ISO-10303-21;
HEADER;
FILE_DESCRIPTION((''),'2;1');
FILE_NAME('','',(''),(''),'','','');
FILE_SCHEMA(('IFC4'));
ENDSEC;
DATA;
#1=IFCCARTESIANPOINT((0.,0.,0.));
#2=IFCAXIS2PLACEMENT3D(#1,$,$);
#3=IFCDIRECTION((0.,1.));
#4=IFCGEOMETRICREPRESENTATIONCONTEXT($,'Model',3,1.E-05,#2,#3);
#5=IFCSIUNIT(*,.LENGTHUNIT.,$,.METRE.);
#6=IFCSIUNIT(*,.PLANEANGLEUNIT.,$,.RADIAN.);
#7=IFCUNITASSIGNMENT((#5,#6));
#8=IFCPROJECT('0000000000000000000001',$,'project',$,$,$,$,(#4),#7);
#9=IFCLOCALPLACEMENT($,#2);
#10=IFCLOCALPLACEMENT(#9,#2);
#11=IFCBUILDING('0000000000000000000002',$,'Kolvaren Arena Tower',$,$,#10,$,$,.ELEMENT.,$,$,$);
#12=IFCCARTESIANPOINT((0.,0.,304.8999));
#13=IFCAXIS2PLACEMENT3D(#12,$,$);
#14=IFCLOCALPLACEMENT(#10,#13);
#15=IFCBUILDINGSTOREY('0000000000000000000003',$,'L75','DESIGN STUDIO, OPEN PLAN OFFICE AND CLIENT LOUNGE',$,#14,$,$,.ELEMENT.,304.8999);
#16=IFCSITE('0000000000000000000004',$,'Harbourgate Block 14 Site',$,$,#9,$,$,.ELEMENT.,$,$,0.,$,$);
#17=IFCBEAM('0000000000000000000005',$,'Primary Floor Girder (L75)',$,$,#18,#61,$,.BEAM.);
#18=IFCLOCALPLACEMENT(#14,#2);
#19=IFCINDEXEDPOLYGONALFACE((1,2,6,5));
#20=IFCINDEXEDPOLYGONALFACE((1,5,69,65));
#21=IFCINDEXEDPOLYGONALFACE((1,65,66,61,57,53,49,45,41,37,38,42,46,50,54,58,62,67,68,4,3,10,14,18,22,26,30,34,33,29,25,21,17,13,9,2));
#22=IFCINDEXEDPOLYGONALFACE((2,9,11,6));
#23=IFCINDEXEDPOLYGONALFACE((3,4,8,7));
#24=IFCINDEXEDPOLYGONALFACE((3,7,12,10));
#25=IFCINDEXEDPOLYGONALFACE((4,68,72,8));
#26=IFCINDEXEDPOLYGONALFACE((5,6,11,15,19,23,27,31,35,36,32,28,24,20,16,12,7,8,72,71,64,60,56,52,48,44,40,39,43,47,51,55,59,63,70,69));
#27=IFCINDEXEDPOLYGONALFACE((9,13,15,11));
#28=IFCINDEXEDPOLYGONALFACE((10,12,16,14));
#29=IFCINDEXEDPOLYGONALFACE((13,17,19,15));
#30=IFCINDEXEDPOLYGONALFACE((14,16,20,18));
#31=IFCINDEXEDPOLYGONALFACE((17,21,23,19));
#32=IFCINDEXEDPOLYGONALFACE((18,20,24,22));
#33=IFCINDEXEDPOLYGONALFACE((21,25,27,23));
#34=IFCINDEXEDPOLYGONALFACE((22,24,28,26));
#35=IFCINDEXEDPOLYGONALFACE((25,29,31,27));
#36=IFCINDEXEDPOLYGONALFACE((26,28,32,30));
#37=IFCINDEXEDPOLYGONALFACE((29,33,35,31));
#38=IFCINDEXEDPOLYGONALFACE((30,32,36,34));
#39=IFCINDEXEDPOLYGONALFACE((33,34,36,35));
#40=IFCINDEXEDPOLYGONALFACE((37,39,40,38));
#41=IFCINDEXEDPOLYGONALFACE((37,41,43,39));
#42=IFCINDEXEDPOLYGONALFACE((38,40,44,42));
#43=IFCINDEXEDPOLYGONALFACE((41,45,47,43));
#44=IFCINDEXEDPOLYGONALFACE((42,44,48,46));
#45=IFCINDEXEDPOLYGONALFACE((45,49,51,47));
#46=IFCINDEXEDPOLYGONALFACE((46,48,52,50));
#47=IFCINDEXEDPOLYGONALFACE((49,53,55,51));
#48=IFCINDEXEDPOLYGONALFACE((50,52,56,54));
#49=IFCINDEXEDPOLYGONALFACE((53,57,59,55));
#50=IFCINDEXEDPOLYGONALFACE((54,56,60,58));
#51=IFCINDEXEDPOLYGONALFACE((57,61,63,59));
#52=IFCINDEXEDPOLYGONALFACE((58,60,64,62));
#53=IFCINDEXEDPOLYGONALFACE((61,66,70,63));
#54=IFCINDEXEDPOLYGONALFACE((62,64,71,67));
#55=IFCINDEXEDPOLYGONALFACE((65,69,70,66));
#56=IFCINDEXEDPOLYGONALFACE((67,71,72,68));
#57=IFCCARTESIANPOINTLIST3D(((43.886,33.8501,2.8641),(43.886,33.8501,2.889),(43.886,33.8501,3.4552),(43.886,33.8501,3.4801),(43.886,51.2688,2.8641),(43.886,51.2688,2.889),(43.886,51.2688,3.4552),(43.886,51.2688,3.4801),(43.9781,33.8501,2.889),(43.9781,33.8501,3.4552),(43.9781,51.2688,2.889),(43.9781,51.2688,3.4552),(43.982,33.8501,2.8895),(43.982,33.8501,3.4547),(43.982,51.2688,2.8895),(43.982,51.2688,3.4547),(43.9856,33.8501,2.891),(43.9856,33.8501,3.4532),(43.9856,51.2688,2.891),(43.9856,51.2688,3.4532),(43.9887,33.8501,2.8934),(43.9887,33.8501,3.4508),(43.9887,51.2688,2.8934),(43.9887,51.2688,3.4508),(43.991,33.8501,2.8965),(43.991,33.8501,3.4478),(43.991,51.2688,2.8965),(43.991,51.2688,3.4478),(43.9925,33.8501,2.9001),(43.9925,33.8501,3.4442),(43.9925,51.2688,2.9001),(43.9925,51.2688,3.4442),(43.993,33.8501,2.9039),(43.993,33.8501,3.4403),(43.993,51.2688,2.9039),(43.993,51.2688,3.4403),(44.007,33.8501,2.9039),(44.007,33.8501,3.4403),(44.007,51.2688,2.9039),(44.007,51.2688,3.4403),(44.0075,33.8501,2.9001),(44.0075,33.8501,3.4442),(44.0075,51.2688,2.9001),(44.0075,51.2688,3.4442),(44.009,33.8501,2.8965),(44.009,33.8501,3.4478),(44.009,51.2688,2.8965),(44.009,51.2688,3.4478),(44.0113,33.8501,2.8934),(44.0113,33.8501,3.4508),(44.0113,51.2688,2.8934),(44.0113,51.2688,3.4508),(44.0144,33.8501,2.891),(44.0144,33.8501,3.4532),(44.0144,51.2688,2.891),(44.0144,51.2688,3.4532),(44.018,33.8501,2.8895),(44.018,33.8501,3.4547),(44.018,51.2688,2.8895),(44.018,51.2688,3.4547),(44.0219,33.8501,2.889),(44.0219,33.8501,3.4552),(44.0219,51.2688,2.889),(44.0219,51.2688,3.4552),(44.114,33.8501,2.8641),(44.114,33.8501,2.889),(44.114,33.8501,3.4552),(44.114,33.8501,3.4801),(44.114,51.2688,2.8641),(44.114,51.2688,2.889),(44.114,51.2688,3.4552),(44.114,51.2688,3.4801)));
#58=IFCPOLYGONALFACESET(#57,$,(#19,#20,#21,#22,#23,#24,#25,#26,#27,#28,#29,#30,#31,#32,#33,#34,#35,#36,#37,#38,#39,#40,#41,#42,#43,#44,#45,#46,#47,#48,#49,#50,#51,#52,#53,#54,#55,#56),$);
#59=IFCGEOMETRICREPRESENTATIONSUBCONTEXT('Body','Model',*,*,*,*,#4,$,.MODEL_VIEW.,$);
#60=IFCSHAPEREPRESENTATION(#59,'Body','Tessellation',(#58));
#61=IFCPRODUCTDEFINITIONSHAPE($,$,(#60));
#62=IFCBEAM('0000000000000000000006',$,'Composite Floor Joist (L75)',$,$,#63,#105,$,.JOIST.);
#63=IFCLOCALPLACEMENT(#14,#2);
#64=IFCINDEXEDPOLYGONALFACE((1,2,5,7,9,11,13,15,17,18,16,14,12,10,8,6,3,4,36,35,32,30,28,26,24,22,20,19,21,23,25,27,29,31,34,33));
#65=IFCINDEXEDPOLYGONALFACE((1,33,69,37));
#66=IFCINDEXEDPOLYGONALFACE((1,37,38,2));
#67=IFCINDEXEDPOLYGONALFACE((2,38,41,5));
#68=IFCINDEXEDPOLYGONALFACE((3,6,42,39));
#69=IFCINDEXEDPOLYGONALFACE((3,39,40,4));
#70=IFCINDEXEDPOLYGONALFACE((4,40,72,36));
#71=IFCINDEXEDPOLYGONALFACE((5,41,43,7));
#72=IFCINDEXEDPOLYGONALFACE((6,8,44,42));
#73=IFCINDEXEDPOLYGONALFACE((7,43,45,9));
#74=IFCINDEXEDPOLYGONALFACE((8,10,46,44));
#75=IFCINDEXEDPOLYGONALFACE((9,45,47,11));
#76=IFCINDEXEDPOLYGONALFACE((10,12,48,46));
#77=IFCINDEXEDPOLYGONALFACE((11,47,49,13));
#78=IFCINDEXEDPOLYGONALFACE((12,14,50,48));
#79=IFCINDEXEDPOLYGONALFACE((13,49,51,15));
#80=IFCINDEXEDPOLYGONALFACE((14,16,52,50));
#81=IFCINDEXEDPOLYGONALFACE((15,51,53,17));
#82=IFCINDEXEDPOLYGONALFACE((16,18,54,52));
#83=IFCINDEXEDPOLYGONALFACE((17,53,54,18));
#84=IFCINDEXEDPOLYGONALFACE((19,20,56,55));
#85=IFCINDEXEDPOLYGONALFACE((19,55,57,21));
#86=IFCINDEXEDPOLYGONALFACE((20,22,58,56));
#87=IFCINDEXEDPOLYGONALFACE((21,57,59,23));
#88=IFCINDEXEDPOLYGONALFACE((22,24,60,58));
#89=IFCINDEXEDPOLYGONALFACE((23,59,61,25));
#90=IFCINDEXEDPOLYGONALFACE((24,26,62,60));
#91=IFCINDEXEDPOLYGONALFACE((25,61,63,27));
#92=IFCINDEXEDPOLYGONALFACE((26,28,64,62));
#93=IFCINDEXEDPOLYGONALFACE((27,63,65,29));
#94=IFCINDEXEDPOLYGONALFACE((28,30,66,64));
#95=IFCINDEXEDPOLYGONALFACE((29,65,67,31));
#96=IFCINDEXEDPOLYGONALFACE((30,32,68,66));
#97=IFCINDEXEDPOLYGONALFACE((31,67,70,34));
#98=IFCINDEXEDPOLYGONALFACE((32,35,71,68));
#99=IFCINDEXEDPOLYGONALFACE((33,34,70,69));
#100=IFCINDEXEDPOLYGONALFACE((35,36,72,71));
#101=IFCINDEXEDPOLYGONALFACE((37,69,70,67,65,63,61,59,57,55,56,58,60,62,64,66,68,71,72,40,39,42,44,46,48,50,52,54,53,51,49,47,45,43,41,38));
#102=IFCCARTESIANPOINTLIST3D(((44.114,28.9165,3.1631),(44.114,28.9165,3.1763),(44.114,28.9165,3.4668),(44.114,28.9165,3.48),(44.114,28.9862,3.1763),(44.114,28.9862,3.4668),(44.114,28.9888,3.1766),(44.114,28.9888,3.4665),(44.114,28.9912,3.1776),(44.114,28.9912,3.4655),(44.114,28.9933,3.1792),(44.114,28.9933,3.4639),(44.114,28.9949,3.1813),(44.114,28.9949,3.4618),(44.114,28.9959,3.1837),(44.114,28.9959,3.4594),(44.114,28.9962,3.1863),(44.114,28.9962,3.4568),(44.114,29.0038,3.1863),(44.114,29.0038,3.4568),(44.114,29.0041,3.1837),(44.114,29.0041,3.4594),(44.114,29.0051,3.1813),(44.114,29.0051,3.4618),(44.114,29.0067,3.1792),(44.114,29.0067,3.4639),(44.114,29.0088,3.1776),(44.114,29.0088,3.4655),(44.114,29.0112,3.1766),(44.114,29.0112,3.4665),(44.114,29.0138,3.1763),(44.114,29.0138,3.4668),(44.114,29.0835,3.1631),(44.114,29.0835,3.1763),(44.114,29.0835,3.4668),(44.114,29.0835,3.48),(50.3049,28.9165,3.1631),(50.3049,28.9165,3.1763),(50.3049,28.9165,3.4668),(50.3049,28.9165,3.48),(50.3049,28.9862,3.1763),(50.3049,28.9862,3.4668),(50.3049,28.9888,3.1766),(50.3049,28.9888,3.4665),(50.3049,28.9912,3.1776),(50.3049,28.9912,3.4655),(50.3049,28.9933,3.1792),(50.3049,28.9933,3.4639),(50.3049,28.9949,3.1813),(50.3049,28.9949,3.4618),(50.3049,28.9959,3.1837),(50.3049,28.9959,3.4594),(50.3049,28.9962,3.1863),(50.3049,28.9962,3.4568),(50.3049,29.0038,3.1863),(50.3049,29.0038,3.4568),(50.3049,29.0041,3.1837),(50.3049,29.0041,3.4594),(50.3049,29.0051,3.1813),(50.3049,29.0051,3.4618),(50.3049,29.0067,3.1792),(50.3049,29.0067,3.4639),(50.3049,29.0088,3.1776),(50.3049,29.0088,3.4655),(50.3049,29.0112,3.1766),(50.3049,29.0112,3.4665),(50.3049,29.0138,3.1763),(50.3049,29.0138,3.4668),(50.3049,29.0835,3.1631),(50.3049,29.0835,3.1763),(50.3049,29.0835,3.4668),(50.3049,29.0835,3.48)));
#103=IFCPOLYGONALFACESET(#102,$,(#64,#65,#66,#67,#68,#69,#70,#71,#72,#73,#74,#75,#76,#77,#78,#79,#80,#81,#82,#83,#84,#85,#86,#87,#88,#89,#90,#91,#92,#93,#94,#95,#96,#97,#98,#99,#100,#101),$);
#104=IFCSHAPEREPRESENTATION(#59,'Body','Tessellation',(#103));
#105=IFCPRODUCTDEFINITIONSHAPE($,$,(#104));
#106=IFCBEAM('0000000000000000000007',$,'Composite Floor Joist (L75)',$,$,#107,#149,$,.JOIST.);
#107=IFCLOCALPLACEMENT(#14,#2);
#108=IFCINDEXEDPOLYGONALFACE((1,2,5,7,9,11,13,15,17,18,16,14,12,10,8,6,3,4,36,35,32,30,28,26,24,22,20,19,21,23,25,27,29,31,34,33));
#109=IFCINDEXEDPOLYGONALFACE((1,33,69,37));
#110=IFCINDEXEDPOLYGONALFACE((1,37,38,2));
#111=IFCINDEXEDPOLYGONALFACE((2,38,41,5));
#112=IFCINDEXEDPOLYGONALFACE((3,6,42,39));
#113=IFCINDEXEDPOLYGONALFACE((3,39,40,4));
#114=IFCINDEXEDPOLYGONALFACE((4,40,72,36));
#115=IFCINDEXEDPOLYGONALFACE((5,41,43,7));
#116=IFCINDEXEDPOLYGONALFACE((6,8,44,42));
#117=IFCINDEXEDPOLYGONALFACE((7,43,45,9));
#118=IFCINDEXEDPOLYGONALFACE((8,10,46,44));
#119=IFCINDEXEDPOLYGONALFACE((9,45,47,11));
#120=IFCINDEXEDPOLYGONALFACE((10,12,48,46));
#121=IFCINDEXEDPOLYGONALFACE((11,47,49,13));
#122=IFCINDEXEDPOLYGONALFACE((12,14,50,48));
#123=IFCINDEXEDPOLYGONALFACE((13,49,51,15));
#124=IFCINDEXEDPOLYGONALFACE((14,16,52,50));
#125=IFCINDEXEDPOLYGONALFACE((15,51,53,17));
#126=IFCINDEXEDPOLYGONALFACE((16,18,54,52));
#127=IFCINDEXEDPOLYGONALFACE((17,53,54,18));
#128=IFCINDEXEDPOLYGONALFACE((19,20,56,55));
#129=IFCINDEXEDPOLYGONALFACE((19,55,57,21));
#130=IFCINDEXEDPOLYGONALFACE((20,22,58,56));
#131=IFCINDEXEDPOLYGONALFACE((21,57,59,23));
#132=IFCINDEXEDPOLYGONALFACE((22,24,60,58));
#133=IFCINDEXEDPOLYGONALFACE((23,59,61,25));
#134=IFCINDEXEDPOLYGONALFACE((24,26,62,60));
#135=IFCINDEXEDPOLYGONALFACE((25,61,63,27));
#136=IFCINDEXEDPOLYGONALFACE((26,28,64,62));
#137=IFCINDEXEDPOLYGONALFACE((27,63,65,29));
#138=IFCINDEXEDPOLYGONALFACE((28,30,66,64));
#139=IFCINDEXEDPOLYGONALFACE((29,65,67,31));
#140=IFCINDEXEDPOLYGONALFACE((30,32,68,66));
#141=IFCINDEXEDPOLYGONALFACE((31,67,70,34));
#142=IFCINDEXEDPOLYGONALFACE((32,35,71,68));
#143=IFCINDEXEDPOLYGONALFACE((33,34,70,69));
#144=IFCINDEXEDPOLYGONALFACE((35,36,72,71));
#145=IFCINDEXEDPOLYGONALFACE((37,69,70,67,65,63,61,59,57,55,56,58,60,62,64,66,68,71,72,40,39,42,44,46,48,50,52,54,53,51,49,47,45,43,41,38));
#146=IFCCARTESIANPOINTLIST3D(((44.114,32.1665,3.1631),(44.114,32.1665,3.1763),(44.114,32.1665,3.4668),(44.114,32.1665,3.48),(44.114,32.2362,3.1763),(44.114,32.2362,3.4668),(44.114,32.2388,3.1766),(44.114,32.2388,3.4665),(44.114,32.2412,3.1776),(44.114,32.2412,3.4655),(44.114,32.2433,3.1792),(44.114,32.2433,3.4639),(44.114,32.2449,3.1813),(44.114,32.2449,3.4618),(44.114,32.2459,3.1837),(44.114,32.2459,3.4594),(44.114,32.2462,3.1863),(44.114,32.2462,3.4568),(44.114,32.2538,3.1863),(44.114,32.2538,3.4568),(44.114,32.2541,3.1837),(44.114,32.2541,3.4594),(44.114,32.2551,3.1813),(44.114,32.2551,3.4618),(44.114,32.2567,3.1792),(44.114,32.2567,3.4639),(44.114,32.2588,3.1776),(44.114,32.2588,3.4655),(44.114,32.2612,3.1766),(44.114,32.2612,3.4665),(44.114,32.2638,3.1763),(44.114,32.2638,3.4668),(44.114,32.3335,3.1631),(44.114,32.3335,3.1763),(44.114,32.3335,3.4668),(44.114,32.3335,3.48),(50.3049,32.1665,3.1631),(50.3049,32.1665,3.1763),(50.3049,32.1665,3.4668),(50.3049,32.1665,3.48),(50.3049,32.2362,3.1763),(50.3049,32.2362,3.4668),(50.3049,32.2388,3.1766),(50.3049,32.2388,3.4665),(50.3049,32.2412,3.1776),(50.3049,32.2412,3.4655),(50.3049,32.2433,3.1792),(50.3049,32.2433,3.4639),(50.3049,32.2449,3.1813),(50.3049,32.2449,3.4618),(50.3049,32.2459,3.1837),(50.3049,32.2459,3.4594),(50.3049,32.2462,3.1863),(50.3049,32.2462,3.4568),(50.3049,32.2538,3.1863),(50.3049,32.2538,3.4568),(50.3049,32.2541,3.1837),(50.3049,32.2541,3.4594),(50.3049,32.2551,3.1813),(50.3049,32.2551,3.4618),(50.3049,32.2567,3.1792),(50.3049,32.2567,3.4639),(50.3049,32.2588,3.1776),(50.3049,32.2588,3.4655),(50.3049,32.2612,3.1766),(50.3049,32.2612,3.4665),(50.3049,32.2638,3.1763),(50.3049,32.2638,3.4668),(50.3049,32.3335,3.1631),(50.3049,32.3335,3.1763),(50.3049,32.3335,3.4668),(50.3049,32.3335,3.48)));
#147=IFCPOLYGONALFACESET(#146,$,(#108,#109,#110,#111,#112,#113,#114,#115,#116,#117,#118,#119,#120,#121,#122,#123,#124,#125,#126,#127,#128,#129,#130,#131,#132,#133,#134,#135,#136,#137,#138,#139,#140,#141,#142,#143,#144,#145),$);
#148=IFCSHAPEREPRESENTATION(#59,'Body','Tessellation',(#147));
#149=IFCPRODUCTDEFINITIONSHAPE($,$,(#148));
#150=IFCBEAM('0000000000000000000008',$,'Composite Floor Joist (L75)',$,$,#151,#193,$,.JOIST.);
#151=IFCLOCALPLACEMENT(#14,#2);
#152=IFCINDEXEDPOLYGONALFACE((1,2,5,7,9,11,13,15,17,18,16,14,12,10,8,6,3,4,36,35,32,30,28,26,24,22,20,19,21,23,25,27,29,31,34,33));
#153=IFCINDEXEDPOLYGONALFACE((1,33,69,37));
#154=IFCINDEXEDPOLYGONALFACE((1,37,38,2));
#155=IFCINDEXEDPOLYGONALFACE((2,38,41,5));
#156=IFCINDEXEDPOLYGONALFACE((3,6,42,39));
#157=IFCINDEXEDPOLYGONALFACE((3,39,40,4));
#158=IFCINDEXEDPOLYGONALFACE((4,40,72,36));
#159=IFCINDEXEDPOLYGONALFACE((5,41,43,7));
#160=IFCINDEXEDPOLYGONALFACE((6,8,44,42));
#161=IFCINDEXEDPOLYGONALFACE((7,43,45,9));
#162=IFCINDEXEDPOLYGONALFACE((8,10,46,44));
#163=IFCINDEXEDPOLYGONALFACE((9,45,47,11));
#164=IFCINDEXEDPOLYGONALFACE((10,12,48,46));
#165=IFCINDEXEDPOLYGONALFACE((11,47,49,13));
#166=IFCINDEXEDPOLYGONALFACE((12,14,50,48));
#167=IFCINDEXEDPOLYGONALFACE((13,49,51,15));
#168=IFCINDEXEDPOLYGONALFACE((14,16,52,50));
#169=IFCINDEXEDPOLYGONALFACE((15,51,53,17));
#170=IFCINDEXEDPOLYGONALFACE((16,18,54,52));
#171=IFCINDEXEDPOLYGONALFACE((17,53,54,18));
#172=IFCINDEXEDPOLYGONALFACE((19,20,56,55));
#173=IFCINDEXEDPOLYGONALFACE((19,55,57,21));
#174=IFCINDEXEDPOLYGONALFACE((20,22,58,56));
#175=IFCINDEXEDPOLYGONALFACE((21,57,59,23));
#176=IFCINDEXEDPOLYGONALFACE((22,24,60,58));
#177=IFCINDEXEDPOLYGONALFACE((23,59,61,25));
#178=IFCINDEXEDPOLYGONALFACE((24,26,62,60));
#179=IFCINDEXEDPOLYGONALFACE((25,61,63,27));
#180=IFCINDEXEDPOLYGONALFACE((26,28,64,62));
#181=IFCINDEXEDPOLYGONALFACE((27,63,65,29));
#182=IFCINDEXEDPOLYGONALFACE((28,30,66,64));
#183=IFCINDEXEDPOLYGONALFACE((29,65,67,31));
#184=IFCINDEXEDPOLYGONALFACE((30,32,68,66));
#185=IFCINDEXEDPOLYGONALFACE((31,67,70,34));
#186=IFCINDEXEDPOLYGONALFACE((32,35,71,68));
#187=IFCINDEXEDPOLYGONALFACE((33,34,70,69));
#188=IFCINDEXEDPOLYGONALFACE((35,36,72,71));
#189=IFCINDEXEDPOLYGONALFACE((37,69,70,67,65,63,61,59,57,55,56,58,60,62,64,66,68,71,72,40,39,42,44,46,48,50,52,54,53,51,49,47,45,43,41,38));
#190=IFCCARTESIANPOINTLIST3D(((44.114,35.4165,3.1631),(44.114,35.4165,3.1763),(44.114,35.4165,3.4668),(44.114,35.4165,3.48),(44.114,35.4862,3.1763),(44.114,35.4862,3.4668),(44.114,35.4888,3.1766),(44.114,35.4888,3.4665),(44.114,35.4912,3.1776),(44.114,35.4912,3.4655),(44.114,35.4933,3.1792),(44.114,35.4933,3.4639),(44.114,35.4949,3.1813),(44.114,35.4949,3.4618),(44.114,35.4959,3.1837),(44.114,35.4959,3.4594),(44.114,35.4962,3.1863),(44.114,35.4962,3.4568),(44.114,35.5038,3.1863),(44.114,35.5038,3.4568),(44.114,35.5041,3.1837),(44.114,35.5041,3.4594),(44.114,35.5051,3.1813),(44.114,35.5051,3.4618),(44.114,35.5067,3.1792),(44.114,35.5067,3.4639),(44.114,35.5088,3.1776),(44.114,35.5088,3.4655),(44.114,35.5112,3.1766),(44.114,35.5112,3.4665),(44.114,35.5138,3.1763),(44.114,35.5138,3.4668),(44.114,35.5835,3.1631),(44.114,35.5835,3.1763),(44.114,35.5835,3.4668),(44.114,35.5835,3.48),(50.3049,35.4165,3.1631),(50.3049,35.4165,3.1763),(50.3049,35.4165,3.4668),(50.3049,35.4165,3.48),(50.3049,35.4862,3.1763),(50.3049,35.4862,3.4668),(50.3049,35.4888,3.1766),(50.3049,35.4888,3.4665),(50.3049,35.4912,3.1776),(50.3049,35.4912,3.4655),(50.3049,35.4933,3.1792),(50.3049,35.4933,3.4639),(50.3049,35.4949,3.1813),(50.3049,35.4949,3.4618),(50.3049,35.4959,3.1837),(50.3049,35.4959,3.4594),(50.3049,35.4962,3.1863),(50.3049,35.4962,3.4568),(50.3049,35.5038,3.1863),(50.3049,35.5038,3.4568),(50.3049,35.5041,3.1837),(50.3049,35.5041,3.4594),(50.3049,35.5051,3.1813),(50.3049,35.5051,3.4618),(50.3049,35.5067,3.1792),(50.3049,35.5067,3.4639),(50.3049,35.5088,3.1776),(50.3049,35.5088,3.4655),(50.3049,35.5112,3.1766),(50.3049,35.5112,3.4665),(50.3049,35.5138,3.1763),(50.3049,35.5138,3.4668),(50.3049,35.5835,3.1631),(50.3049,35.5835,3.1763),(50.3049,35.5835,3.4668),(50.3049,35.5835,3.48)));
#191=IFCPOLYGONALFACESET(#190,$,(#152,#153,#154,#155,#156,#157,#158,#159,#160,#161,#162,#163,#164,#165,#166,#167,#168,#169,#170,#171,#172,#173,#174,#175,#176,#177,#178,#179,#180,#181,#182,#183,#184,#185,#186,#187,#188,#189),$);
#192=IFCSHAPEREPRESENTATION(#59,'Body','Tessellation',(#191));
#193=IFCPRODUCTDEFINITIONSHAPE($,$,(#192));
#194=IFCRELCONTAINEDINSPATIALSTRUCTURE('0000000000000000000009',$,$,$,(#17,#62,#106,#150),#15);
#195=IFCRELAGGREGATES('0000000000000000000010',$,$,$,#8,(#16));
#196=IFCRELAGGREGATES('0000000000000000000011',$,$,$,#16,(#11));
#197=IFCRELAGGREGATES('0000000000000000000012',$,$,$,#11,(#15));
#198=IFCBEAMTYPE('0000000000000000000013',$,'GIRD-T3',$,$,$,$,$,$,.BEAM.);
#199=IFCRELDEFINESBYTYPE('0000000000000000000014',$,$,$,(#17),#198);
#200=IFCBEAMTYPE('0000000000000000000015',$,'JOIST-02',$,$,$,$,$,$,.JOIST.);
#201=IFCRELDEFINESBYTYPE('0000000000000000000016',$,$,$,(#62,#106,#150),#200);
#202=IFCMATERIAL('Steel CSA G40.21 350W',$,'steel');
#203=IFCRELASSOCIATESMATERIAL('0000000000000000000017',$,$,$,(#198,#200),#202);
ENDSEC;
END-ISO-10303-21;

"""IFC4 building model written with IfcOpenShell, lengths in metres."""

from ifc_helpers import new_model, si_unit, direction, frame, origin, origin_2d, place, context, subcontext, project, spatial, i_section, extrude, material, material_profile, profile_set, type_object, element, save


model = new_model("IFC4")

# Units and contexts
model_context = context("Model", 3, precision=1e-05, world=origin(), true_north=direction((0.0, 1.0)))
body_context = subcontext(model_context, "Body", "Model", "MODEL_VIEW")
ifc_project = project(units=[si_unit("LENGTHUNIT", "METRE"), si_unit("PLANEANGLEUNIT", "RADIAN")], contexts=[model_context])

# Site, building, storey
site_placement = place(None, origin())
site = spatial("IfcSite", under=ifc_project, at=site_placement, Name="Harbourgate Block 14 Site", CompositionType="ELEMENT", RefElevation=0.0)
building_placement = place(site_placement, origin())
building = spatial("IfcBuilding", under=site, at=building_placement, Name="Kolvaren Arena Tower", CompositionType="ELEMENT")
storey_placement = place(building_placement, frame((0.0, 0.0, 304.8999)))
storey = spatial("IfcBuildingStorey", under=building, at=storey_placement, Name="L75", Description="DESIGN STUDIO, OPEN PLAN OFFICE AND CLIENT LOUNGE", CompositionType="ELEMENT", Elevation=304.8999)

# Beams
ifc_material_1 = material(Name="Steel CSA G40.21 350W", Category="steel")
ifc_material_profile_1 = material_profile(ifc_material_1, i_section(OverallWidth=0.228, OverallDepth=0.616, WebThickness=0.0139, FlangeThickness=0.0249, FilletRadius=0.0149, at=origin_2d()), Name="W610x174")
ifc_profile_set_1 = profile_set([ifc_material_profile_1], Name="Steel CSA G40.21 350W")
beam_type_1 = type_object("IfcBeamType", Name="GIRD-T3", PredefinedType="BEAM", material=ifc_profile_set_1)
beam_1_placement = place(storey_placement, frame((44.0, 33.8501, 3.1721), z_axis=(0.0, 1.0, 0.0), x_axis=(-1.0, 0.0, 0.0)))
element("IfcBeam", 1, at=beam_1_placement, inside=storey, type_object=beam_type_1, Name="Primary Floor Girder (L75)", PredefinedType="BEAM", context=body_context, shape_type="SweptSolid", body=[
    extrude(i_section(OverallWidth=0.228, OverallDepth=0.616, WebThickness=0.0139, FlangeThickness=0.0249, FilletRadius=0.0149, at=origin_2d()), origin(), (0.0, 0.0, 1.0), 17.4187),
])
ifc_material_profile_2 = material_profile(ifc_material_1, i_section(OverallWidth=0.167, OverallDepth=0.3169, WebThickness=0.0076, FlangeThickness=0.0132, FilletRadius=0.01, at=origin_2d()), Name="W310x52")
ifc_profile_set_2 = profile_set([ifc_material_profile_2], Name="Steel CSA G40.21 350W")
beam_type_2 = type_object("IfcBeamType", Name="JOIST-02", PredefinedType="JOIST", material=ifc_profile_set_2)
for number, where, z_axis, x_axis, name in (
    (2, (44.114, 29.0, 3.3215), (1.0, 0.0, 0.0), (0.0, 1.0, 0.0), "Composite Floor Joist (L75)"),
    (3, (44.114, 32.25, 3.3215), (1.0, 0.0, 0.0), (0.0, 1.0, 0.0), "Composite Floor Joist (L75)"),
    (4, (44.114, 35.5, 3.3215), (1.0, 0.0, 0.0), (0.0, 1.0, 0.0), "Composite Floor Joist (L75)"),
):
    element("IfcBeam", number, at=place(storey_placement, frame(where, z_axis=z_axis, x_axis=x_axis)), inside=storey, type_object=beam_type_2, Name=name, PredefinedType="JOIST", context=body_context, shape_type="SweptSolid", body=[
        extrude(i_section(OverallWidth=0.167, OverallDepth=0.3169, WebThickness=0.0076, FlangeThickness=0.0132, FilletRadius=0.01, at=origin_2d()), origin(), (0.0, 0.0, 1.0), 6.1909),
    ])

save(model, "model.ifc")
